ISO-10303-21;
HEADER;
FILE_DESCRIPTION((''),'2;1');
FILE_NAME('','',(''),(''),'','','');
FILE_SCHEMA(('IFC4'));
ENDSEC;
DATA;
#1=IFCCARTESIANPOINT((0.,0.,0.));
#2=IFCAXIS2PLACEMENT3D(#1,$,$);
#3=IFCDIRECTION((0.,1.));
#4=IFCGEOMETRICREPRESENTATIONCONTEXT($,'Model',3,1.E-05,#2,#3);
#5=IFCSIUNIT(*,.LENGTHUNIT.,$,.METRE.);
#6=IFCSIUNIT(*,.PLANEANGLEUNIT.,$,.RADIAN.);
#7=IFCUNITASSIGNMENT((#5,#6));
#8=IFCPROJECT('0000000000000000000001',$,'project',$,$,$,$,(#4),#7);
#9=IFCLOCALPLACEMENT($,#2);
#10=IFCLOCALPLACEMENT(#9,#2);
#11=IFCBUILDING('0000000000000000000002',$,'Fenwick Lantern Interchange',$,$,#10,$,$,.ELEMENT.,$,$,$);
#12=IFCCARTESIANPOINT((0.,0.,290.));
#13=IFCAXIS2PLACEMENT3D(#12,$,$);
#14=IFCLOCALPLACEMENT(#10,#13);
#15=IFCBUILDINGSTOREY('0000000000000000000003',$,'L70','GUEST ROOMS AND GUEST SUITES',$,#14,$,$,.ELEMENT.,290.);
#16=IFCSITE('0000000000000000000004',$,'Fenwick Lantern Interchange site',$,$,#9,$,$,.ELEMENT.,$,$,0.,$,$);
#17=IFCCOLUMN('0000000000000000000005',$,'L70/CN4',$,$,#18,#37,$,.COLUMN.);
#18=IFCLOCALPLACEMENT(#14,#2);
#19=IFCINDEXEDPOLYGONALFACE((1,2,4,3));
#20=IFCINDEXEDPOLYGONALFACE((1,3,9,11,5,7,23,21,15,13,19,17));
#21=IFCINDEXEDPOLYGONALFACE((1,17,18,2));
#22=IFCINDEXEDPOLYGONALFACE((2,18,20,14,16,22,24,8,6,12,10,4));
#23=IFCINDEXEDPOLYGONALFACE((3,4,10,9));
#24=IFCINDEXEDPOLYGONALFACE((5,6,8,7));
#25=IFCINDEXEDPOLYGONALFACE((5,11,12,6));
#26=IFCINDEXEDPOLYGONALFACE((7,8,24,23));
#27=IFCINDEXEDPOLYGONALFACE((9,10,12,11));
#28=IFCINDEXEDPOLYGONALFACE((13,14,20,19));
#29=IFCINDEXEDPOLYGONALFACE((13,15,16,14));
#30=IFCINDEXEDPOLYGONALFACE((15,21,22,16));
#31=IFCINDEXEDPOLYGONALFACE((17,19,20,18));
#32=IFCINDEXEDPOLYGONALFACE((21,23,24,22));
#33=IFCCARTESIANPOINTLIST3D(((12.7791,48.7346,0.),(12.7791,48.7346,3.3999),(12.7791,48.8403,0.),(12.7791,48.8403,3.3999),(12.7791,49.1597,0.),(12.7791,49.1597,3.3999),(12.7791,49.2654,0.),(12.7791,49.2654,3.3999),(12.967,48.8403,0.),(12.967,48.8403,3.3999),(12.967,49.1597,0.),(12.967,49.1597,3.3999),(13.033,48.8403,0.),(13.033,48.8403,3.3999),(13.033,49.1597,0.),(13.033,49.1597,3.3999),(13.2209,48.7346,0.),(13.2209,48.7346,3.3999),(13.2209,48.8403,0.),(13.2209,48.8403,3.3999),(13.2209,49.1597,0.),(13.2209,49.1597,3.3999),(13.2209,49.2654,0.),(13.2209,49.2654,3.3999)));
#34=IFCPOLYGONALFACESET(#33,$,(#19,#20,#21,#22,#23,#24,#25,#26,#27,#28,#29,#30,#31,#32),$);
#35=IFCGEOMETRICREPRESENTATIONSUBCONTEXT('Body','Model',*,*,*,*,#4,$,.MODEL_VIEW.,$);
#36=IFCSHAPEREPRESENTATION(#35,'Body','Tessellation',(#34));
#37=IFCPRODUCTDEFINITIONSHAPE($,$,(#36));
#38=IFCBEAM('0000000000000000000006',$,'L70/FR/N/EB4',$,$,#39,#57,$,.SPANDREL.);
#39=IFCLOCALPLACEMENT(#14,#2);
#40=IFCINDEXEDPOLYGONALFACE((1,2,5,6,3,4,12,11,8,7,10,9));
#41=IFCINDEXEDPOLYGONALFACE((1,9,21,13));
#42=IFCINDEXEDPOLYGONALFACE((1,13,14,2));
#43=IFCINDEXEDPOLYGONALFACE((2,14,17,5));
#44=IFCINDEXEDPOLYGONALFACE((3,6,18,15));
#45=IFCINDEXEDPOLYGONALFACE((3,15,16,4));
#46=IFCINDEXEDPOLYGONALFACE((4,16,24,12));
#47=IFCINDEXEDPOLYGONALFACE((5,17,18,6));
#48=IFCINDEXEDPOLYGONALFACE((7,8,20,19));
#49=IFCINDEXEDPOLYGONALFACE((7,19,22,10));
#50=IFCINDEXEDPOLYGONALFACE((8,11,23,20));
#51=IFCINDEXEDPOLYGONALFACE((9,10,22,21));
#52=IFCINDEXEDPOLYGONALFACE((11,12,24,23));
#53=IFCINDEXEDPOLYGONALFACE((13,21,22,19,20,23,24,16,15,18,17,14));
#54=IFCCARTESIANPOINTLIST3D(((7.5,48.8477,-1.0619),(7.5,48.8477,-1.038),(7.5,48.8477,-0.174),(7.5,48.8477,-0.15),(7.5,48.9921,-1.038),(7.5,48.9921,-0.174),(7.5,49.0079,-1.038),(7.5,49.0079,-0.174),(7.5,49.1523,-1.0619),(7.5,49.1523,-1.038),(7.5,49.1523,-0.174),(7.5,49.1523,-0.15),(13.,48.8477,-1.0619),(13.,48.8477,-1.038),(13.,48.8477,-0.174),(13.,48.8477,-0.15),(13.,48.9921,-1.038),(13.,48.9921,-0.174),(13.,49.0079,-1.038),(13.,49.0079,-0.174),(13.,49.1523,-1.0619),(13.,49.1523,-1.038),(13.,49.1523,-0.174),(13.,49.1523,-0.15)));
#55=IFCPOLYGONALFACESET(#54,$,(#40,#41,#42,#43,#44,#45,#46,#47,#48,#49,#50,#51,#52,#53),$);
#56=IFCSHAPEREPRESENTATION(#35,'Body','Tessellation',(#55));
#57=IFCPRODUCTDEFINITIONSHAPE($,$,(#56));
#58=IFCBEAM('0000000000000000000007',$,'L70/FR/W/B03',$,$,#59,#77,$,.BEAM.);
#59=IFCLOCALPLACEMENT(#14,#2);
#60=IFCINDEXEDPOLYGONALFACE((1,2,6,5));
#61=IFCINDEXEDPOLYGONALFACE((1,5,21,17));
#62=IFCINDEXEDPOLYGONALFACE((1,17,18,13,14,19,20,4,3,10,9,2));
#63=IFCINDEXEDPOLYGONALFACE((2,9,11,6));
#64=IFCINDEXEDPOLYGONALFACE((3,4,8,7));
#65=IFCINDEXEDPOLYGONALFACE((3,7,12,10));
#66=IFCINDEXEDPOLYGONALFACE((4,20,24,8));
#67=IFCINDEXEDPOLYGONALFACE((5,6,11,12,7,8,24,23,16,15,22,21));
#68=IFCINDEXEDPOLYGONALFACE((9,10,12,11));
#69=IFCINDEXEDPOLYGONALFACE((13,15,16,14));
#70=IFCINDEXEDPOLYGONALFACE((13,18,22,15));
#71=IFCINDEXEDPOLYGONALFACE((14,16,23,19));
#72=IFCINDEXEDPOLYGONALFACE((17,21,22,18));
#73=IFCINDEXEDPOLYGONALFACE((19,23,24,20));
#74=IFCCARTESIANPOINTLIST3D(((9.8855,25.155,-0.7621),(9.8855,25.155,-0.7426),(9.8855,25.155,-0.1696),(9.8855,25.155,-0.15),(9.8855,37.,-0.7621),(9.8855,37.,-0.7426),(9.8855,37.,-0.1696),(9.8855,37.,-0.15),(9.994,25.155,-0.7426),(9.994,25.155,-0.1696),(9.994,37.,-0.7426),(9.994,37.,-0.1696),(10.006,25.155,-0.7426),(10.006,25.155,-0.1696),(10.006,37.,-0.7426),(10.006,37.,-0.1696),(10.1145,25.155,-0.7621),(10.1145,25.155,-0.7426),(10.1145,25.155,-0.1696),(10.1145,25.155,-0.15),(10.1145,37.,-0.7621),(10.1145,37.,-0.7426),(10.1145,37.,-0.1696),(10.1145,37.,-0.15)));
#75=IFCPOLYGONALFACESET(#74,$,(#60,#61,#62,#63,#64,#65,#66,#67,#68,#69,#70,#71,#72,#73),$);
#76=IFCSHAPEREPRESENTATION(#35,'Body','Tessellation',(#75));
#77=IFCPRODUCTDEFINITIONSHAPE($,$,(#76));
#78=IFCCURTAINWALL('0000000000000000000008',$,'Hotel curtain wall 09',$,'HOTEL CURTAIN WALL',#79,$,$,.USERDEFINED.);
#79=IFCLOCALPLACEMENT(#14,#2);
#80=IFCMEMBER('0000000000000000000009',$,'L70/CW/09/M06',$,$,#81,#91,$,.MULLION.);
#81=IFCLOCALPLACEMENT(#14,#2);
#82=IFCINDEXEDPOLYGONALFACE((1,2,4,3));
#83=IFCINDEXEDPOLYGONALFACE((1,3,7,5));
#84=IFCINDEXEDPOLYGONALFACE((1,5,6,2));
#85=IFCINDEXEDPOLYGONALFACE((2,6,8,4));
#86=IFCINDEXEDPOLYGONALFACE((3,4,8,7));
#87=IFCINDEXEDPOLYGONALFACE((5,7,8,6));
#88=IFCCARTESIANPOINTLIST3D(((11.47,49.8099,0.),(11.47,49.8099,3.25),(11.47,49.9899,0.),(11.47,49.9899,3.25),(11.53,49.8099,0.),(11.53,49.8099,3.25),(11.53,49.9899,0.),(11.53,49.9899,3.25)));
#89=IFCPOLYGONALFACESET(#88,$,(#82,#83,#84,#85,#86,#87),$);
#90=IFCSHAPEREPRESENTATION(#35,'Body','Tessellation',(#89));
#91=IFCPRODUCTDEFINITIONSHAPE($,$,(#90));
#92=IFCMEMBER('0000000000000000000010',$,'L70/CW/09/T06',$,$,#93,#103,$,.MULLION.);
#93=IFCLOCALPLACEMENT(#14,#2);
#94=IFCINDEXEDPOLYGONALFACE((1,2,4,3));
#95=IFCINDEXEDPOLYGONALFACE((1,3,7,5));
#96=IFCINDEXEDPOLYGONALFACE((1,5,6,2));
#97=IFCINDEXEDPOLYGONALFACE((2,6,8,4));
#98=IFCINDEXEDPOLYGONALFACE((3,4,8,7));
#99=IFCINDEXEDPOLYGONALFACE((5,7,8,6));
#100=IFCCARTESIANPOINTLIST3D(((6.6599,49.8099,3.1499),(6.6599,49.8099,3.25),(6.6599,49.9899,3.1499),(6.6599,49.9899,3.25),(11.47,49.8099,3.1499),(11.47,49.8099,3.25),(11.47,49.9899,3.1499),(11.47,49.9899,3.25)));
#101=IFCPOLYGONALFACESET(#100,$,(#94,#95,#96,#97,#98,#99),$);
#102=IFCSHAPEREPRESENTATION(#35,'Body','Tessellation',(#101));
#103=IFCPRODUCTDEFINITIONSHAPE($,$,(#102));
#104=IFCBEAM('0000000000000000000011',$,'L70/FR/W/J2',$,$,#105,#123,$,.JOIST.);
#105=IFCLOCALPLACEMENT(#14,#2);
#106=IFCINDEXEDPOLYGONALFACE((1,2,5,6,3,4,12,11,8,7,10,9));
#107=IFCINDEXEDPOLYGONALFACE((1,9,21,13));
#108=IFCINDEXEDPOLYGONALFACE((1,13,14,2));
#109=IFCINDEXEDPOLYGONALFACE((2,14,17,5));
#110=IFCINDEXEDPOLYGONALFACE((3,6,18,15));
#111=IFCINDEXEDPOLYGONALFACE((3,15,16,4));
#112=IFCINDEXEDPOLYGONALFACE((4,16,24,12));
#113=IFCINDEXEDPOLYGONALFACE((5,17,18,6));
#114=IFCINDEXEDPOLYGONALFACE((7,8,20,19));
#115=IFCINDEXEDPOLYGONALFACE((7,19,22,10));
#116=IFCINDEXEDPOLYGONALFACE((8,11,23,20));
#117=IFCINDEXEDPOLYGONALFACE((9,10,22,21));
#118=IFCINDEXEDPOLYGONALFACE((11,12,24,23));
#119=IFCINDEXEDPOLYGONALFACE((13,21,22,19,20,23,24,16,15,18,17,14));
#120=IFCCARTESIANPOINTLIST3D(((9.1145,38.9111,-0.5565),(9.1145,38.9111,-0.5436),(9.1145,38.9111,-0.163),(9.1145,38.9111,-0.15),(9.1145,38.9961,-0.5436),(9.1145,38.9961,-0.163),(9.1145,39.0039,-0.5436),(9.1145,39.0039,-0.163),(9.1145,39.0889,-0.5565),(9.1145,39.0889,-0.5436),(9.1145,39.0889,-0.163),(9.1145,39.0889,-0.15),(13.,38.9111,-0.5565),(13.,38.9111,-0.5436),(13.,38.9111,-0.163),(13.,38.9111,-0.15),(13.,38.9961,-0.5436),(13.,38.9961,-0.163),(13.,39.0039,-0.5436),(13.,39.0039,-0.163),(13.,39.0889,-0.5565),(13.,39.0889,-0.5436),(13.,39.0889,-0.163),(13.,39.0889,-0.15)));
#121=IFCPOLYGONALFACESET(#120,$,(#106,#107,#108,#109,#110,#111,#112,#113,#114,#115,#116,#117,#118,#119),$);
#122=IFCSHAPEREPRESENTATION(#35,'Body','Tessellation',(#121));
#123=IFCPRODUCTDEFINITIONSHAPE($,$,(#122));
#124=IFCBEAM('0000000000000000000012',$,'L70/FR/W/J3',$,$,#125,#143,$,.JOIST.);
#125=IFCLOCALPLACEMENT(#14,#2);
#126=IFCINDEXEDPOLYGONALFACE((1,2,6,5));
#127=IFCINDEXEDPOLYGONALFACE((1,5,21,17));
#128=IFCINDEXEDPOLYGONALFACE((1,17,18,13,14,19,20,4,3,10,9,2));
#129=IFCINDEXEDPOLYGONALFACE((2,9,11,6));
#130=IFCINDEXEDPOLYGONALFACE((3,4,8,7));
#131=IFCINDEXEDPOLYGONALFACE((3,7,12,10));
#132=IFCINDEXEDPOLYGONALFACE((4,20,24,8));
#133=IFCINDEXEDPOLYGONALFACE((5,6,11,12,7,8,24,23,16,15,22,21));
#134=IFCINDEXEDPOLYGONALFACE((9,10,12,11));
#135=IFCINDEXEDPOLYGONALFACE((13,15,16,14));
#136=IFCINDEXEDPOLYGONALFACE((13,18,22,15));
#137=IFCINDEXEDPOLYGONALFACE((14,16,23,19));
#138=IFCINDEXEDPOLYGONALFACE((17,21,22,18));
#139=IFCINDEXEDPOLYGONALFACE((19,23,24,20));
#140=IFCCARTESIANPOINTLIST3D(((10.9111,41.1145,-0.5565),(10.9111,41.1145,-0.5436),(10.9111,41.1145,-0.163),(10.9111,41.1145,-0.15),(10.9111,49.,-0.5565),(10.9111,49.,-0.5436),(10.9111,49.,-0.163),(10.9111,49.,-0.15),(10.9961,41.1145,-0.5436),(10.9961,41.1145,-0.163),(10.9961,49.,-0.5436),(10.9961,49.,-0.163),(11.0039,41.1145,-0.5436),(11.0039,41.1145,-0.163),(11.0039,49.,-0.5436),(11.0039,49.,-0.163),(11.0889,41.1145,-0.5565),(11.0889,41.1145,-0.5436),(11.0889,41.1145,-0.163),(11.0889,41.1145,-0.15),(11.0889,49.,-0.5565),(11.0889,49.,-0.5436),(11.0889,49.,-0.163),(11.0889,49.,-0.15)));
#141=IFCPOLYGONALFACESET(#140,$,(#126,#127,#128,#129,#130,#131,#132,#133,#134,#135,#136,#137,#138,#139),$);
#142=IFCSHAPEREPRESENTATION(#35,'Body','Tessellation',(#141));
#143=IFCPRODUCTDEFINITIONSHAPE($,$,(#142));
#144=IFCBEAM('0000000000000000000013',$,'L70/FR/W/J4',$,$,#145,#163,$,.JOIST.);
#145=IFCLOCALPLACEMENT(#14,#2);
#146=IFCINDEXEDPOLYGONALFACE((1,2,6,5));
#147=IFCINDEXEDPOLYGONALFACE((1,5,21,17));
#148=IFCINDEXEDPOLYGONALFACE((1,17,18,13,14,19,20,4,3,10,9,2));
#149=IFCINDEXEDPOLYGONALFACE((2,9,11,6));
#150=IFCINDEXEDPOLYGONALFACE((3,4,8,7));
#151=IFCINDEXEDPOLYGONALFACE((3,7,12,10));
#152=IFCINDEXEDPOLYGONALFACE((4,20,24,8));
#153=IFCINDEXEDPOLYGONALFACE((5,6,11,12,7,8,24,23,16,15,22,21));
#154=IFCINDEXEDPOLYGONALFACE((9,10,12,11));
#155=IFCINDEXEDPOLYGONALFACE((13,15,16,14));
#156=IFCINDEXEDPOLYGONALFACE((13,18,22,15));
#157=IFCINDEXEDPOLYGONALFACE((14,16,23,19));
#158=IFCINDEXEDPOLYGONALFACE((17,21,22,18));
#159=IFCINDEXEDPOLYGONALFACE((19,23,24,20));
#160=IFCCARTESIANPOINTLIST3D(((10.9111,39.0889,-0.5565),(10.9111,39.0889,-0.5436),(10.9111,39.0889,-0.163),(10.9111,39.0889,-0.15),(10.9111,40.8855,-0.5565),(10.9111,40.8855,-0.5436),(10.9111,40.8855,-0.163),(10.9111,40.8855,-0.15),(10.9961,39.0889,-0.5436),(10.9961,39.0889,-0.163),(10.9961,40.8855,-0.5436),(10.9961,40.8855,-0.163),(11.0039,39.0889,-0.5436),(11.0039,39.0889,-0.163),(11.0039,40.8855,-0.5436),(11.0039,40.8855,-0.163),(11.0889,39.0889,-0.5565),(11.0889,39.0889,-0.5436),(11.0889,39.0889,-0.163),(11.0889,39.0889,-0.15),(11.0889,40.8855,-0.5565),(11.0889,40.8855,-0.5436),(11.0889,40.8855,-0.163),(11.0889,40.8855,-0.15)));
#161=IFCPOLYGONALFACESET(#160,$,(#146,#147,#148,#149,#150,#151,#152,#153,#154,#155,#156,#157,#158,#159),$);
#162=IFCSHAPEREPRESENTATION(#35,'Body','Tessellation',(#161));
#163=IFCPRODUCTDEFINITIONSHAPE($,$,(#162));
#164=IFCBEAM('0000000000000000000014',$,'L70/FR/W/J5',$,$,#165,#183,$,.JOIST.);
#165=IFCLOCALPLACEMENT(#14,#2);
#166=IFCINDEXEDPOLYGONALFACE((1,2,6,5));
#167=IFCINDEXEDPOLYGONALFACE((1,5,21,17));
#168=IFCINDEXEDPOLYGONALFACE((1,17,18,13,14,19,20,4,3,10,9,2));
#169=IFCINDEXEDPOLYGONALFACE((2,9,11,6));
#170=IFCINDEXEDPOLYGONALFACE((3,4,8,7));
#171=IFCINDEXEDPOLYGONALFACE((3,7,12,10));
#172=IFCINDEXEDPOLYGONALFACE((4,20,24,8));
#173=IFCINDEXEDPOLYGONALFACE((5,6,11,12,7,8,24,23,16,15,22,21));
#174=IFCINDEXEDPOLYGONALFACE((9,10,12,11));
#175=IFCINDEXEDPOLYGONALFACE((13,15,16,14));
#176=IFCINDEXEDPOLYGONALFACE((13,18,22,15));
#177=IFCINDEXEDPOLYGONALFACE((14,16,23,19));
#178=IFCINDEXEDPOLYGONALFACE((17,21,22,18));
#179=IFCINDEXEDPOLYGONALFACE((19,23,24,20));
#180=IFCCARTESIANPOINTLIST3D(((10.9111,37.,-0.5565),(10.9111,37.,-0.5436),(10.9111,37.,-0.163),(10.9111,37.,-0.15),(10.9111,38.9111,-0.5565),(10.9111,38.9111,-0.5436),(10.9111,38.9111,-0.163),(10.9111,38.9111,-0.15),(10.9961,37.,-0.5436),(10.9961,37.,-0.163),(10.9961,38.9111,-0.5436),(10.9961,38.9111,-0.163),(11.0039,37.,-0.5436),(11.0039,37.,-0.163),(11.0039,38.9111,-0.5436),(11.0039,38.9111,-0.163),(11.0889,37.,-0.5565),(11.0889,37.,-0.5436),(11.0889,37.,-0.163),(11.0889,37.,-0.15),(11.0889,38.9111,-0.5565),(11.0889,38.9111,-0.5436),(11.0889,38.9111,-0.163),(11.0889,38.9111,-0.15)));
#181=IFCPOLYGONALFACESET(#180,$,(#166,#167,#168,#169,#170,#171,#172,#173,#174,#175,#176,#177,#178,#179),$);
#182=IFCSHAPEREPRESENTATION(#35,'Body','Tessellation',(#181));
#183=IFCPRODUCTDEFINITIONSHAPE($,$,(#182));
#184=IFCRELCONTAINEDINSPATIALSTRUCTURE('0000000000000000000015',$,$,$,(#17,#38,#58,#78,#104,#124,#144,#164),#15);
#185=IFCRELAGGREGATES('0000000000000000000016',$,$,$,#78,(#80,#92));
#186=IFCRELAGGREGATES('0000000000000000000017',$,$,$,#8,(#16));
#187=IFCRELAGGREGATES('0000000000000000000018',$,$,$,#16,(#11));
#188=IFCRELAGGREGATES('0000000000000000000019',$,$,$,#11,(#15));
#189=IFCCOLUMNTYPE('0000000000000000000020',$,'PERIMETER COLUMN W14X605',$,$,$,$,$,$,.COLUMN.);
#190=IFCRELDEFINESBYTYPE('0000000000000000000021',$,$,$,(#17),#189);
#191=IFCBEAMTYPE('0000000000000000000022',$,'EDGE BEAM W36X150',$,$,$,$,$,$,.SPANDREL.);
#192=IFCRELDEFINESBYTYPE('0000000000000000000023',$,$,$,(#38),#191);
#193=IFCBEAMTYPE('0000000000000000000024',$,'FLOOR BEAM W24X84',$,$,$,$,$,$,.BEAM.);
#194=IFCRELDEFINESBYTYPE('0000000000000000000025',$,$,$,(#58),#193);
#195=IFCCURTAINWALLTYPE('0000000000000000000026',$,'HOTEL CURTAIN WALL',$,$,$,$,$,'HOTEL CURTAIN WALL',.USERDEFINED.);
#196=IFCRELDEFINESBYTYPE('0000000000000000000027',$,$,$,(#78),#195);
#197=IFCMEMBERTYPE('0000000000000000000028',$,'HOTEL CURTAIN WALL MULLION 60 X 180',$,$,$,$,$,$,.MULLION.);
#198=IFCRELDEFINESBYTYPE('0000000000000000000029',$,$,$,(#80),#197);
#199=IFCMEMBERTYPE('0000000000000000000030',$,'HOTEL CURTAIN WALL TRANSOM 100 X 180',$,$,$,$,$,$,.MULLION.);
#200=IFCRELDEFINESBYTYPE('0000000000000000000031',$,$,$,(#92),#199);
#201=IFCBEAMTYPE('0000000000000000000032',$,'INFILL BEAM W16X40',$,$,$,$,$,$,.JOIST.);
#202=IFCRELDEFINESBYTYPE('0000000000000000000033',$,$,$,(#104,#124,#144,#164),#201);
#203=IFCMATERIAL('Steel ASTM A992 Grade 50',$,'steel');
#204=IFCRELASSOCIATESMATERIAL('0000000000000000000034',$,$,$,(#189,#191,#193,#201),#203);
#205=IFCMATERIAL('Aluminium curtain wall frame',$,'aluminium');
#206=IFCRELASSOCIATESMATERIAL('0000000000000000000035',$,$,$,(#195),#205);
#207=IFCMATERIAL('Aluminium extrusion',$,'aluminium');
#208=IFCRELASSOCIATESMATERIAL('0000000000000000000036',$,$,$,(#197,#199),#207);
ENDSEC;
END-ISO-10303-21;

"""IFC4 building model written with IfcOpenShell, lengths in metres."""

from ifc_helpers import new_model, si_unit, direction, frame, origin, origin_2d, place, context, subcontext, project, spatial, rectangle, i_section, extrude, material, material_profile, profile_set, type_object, element, aggregate, save


model = new_model("IFC4")

# Units and contexts
model_context = context("Model", 3, precision=1e-05, world=origin(), true_north=direction((0.0, 1.0)))
body_context = subcontext(model_context, "Body", "Model", "MODEL_VIEW")
ifc_project = project(units=[si_unit("LENGTHUNIT", "METRE"), si_unit("PLANEANGLEUNIT", "RADIAN")], contexts=[model_context])

# Site, building, storey
site_placement = place(None, origin())
site = spatial("IfcSite", under=ifc_project, at=site_placement, Name="Fenwick Lantern Interchange site", CompositionType="ELEMENT", RefElevation=0.0)
building_placement = place(site_placement, origin())
building = spatial("IfcBuilding", under=site, at=building_placement, Name="Fenwick Lantern Interchange", CompositionType="ELEMENT")
storey_placement = place(building_placement, frame((0.0, 0.0, 290.0)))
storey = spatial("IfcBuildingStorey", under=building, at=storey_placement, Name="L70", Description="GUEST ROOMS AND GUEST SUITES", CompositionType="ELEMENT", Elevation=290.0)

# Column
ifc_material_1 = material(Name="Steel ASTM A992 Grade 50", Category="steel")
ifc_material_profile_1 = material_profile(ifc_material_1, i_section(OverallWidth=0.4419, OverallDepth=0.5308, WebThickness=0.0659, FlangeThickness=0.1057, at=origin_2d()), Name="W14X605")
ifc_profile_set_1 = profile_set([ifc_material_profile_1], Name="Steel ASTM A992 Grade 50")
column_type = type_object("IfcColumnType", Name="PERIMETER COLUMN W14X605", PredefinedType="COLUMN", material=ifc_profile_set_1)
column_placement = place(storey_placement, frame((13.0, 49.0, 0.0), z_axis=(0.0, 0.0, 1.0), x_axis=(1.0, 0.0, 0.0)))
element("IfcColumn", 1, at=column_placement, inside=storey, type_object=column_type, Name="L70/CN4", PredefinedType="COLUMN", context=body_context, shape_type="SweptSolid", body=[
    extrude(i_section(OverallWidth=0.4419, OverallDepth=0.5308, WebThickness=0.0659, FlangeThickness=0.1057, at=origin_2d()), origin(), (0.0, 0.0, 1.0), 3.3999),
])

# Beams
ifc_material_profile_2 = material_profile(ifc_material_1, i_section(OverallWidth=0.3047, OverallDepth=0.9119, WebThickness=0.0159, FlangeThickness=0.0239, at=origin_2d()), Name="W36X150")
ifc_profile_set_2 = profile_set([ifc_material_profile_2], Name="Steel ASTM A992 Grade 50")
beam_type_1 = type_object("IfcBeamType", Name="EDGE BEAM W36X150", PredefinedType="SPANDREL", material=ifc_profile_set_2)
beam_1_placement = place(storey_placement, frame((13.0, 49.0, -0.606), z_axis=(-1.0, 0.0, 0.0), x_axis=(0.0, -1.0, 0.0)))
element("IfcBeam", 2, at=beam_1_placement, inside=storey, type_object=beam_type_1, Name="L70/FR/N/EB4", PredefinedType="SPANDREL", context=body_context, shape_type="SweptSolid", body=[
    extrude(i_section(OverallWidth=0.3047, OverallDepth=0.9119, WebThickness=0.0159, FlangeThickness=0.0239, at=origin_2d()), origin(), (0.0, 0.0, 1.0), 5.5),
])
ifc_material_profile_3 = material_profile(ifc_material_1, i_section(OverallWidth=0.229, OverallDepth=0.6121, WebThickness=0.012, FlangeThickness=0.0195, at=origin_2d()), Name="W24X84")
ifc_profile_set_3 = profile_set([ifc_material_profile_3], Name="Steel ASTM A992 Grade 50")
beam_type_2 = type_object("IfcBeamType", Name="FLOOR BEAM W24X84", PredefinedType="BEAM", material=ifc_profile_set_3)
beam_2_placement = place(storey_placement, frame((10.0, 37.0, -0.4561), z_axis=(0.0, -1.0, 0.0), x_axis=(1.0, 0.0, 0.0)))
element("IfcBeam", 3, at=beam_2_placement, inside=storey, type_object=beam_type_2, Name="L70/FR/W/B03", PredefinedType="BEAM", context=body_context, shape_type="SweptSolid", body=[
    extrude(i_section(OverallWidth=0.229, OverallDepth=0.6121, WebThickness=0.012, FlangeThickness=0.0195, at=origin_2d()), origin(), (0.0, 0.0, 1.0), 11.845),
])

# Curtain wall, members
ifc_material_2 = material(Name="Aluminium curtain wall frame", Category="aluminium")
curtain_wall_type = type_object("IfcCurtainWallType", Name="HOTEL CURTAIN WALL", ElementType="HOTEL CURTAIN WALL", PredefinedType="USERDEFINED", material=ifc_material_2)
curtain_wall_placement = place(storey_placement, origin())
curtain_wall = element("IfcCurtainWall", 4, at=curtain_wall_placement, inside=storey, type_object=curtain_wall_type, Name="Hotel curtain wall 09", ObjectType="HOTEL CURTAIN WALL", PredefinedType="USERDEFINED")
ifc_material_3 = material(Name="Aluminium extrusion", Category="aluminium")
ifc_material_profile_4 = material_profile(ifc_material_3, rectangle(XDim=0.1799, YDim=0.0601, at=origin_2d()), Name="HOTEL CURTAIN WALL MULLION 60 X 180")
ifc_profile_set_4 = profile_set([ifc_material_profile_4], Name="Aluminium extrusion")
member_type_1 = type_object("IfcMemberType", Name="HOTEL CURTAIN WALL MULLION 60 X 180", PredefinedType="MULLION", material=ifc_profile_set_4)
member_1_placement = place(storey_placement, frame((11.5, 49.8999, 0.0), z_axis=(0.0, 0.0, 1.0), x_axis=(0.0, -1.0, 0.0)))
member_1 = element("IfcMember", 5, at=member_1_placement, type_object=member_type_1, Name="L70/CW/09/M06", PredefinedType="MULLION", context=body_context, shape_type="SweptSolid", body=[
    extrude(rectangle(XDim=0.1799, YDim=0.0601, at=origin_2d()), origin(), (0.0, 0.0, 1.0), 3.25),
])
ifc_material_profile_5 = material_profile(ifc_material_3, rectangle(XDim=0.1799, YDim=0.1001, at=origin_2d()), Name="HOTEL CURTAIN WALL TRANSOM 100 X 180")
ifc_profile_set_5 = profile_set([ifc_material_profile_5], Name="Aluminium extrusion")
member_type_2 = type_object("IfcMemberType", Name="HOTEL CURTAIN WALL TRANSOM 100 X 180", PredefinedType="MULLION", material=ifc_profile_set_5)
member_2_placement = place(storey_placement, frame((11.47, 49.8999, 3.2), z_axis=(-1.0, 0.0, 0.0), x_axis=(0.0, -1.0, 0.0)))
member_2 = element("IfcMember", 6, at=member_2_placement, type_object=member_type_2, Name="L70/CW/09/T06", PredefinedType="MULLION", context=body_context, shape_type="SweptSolid", body=[
    extrude(rectangle(XDim=0.1799, YDim=0.1001, at=origin_2d()), origin(), (0.0, 0.0, 1.0), 4.8101),
])
aggregate(curtain_wall, [member_1, member_2])

# Beams
ifc_material_profile_6 = material_profile(ifc_material_1, i_section(OverallWidth=0.1777, OverallDepth=0.4065, WebThickness=0.0078, FlangeThickness=0.0129, at=origin_2d()), Name="W16X40")
ifc_profile_set_6 = profile_set([ifc_material_profile_6], Name="Steel ASTM A992 Grade 50")
beam_type_3 = type_object("IfcBeamType", Name="INFILL BEAM W16X40", PredefinedType="JOIST", material=ifc_profile_set_6)
beam_3_placement = place(storey_placement, frame((9.1145, 39.0, -0.3533), z_axis=(1.0, 0.0, 0.0), x_axis=(0.0, 1.0, 0.0)))
element("IfcBeam", 7, at=beam_3_placement, inside=storey, type_object=beam_type_3, Name="L70/FR/W/J2", PredefinedType="JOIST", context=body_context, shape_type="SweptSolid", body=[
    extrude(i_section(OverallWidth=0.1777, OverallDepth=0.4065, WebThickness=0.0078, FlangeThickness=0.0129, at=origin_2d()), origin(), (0.0, 0.0, 1.0), 3.8855),
])
beam_4_placement = place(storey_placement, frame((11.0, 49.0, -0.3533), z_axis=(0.0, -1.0, 0.0), x_axis=(1.0, 0.0, 0.0)))
element("IfcBeam", 8, at=beam_4_placement, inside=storey, type_object=beam_type_3, Name="L70/FR/W/J3", PredefinedType="JOIST", context=body_context, shape_type="SweptSolid", body=[
    extrude(i_section(OverallWidth=0.1777, OverallDepth=0.4065, WebThickness=0.0078, FlangeThickness=0.0129, at=origin_2d()), origin(), (0.0, 0.0, 1.0), 7.8855),
])
beam_5_placement = place(storey_placement, frame((11.0, 40.8855, -0.3533), z_axis=(0.0, -1.0, 0.0), x_axis=(1.0, 0.0, 0.0)))
element("IfcBeam", 9, at=beam_5_placement, inside=storey, type_object=beam_type_3, Name="L70/FR/W/J4", PredefinedType="JOIST", context=body_context, shape_type="SweptSolid", body=[
    extrude(i_section(OverallWidth=0.1777, OverallDepth=0.4065, WebThickness=0.0078, FlangeThickness=0.0129, at=origin_2d()), origin(), (0.0, 0.0, 1.0), 1.7966),
])
beam_6_placement = place(storey_placement, frame((11.0, 38.9111, -0.3533), z_axis=(0.0, -1.0, 0.0), x_axis=(1.0, 0.0, 0.0)))
element("IfcBeam", 10, at=beam_6_placement, inside=storey, type_object=beam_type_3, Name="L70/FR/W/J5", PredefinedType="JOIST", context=body_context, shape_type="SweptSolid", body=[
    extrude(i_section(OverallWidth=0.1777, OverallDepth=0.4065, WebThickness=0.0078, FlangeThickness=0.0129, at=origin_2d()), origin(), (0.0, 0.0, 1.0), 1.9111),
])

save(model, "model.ifc")
